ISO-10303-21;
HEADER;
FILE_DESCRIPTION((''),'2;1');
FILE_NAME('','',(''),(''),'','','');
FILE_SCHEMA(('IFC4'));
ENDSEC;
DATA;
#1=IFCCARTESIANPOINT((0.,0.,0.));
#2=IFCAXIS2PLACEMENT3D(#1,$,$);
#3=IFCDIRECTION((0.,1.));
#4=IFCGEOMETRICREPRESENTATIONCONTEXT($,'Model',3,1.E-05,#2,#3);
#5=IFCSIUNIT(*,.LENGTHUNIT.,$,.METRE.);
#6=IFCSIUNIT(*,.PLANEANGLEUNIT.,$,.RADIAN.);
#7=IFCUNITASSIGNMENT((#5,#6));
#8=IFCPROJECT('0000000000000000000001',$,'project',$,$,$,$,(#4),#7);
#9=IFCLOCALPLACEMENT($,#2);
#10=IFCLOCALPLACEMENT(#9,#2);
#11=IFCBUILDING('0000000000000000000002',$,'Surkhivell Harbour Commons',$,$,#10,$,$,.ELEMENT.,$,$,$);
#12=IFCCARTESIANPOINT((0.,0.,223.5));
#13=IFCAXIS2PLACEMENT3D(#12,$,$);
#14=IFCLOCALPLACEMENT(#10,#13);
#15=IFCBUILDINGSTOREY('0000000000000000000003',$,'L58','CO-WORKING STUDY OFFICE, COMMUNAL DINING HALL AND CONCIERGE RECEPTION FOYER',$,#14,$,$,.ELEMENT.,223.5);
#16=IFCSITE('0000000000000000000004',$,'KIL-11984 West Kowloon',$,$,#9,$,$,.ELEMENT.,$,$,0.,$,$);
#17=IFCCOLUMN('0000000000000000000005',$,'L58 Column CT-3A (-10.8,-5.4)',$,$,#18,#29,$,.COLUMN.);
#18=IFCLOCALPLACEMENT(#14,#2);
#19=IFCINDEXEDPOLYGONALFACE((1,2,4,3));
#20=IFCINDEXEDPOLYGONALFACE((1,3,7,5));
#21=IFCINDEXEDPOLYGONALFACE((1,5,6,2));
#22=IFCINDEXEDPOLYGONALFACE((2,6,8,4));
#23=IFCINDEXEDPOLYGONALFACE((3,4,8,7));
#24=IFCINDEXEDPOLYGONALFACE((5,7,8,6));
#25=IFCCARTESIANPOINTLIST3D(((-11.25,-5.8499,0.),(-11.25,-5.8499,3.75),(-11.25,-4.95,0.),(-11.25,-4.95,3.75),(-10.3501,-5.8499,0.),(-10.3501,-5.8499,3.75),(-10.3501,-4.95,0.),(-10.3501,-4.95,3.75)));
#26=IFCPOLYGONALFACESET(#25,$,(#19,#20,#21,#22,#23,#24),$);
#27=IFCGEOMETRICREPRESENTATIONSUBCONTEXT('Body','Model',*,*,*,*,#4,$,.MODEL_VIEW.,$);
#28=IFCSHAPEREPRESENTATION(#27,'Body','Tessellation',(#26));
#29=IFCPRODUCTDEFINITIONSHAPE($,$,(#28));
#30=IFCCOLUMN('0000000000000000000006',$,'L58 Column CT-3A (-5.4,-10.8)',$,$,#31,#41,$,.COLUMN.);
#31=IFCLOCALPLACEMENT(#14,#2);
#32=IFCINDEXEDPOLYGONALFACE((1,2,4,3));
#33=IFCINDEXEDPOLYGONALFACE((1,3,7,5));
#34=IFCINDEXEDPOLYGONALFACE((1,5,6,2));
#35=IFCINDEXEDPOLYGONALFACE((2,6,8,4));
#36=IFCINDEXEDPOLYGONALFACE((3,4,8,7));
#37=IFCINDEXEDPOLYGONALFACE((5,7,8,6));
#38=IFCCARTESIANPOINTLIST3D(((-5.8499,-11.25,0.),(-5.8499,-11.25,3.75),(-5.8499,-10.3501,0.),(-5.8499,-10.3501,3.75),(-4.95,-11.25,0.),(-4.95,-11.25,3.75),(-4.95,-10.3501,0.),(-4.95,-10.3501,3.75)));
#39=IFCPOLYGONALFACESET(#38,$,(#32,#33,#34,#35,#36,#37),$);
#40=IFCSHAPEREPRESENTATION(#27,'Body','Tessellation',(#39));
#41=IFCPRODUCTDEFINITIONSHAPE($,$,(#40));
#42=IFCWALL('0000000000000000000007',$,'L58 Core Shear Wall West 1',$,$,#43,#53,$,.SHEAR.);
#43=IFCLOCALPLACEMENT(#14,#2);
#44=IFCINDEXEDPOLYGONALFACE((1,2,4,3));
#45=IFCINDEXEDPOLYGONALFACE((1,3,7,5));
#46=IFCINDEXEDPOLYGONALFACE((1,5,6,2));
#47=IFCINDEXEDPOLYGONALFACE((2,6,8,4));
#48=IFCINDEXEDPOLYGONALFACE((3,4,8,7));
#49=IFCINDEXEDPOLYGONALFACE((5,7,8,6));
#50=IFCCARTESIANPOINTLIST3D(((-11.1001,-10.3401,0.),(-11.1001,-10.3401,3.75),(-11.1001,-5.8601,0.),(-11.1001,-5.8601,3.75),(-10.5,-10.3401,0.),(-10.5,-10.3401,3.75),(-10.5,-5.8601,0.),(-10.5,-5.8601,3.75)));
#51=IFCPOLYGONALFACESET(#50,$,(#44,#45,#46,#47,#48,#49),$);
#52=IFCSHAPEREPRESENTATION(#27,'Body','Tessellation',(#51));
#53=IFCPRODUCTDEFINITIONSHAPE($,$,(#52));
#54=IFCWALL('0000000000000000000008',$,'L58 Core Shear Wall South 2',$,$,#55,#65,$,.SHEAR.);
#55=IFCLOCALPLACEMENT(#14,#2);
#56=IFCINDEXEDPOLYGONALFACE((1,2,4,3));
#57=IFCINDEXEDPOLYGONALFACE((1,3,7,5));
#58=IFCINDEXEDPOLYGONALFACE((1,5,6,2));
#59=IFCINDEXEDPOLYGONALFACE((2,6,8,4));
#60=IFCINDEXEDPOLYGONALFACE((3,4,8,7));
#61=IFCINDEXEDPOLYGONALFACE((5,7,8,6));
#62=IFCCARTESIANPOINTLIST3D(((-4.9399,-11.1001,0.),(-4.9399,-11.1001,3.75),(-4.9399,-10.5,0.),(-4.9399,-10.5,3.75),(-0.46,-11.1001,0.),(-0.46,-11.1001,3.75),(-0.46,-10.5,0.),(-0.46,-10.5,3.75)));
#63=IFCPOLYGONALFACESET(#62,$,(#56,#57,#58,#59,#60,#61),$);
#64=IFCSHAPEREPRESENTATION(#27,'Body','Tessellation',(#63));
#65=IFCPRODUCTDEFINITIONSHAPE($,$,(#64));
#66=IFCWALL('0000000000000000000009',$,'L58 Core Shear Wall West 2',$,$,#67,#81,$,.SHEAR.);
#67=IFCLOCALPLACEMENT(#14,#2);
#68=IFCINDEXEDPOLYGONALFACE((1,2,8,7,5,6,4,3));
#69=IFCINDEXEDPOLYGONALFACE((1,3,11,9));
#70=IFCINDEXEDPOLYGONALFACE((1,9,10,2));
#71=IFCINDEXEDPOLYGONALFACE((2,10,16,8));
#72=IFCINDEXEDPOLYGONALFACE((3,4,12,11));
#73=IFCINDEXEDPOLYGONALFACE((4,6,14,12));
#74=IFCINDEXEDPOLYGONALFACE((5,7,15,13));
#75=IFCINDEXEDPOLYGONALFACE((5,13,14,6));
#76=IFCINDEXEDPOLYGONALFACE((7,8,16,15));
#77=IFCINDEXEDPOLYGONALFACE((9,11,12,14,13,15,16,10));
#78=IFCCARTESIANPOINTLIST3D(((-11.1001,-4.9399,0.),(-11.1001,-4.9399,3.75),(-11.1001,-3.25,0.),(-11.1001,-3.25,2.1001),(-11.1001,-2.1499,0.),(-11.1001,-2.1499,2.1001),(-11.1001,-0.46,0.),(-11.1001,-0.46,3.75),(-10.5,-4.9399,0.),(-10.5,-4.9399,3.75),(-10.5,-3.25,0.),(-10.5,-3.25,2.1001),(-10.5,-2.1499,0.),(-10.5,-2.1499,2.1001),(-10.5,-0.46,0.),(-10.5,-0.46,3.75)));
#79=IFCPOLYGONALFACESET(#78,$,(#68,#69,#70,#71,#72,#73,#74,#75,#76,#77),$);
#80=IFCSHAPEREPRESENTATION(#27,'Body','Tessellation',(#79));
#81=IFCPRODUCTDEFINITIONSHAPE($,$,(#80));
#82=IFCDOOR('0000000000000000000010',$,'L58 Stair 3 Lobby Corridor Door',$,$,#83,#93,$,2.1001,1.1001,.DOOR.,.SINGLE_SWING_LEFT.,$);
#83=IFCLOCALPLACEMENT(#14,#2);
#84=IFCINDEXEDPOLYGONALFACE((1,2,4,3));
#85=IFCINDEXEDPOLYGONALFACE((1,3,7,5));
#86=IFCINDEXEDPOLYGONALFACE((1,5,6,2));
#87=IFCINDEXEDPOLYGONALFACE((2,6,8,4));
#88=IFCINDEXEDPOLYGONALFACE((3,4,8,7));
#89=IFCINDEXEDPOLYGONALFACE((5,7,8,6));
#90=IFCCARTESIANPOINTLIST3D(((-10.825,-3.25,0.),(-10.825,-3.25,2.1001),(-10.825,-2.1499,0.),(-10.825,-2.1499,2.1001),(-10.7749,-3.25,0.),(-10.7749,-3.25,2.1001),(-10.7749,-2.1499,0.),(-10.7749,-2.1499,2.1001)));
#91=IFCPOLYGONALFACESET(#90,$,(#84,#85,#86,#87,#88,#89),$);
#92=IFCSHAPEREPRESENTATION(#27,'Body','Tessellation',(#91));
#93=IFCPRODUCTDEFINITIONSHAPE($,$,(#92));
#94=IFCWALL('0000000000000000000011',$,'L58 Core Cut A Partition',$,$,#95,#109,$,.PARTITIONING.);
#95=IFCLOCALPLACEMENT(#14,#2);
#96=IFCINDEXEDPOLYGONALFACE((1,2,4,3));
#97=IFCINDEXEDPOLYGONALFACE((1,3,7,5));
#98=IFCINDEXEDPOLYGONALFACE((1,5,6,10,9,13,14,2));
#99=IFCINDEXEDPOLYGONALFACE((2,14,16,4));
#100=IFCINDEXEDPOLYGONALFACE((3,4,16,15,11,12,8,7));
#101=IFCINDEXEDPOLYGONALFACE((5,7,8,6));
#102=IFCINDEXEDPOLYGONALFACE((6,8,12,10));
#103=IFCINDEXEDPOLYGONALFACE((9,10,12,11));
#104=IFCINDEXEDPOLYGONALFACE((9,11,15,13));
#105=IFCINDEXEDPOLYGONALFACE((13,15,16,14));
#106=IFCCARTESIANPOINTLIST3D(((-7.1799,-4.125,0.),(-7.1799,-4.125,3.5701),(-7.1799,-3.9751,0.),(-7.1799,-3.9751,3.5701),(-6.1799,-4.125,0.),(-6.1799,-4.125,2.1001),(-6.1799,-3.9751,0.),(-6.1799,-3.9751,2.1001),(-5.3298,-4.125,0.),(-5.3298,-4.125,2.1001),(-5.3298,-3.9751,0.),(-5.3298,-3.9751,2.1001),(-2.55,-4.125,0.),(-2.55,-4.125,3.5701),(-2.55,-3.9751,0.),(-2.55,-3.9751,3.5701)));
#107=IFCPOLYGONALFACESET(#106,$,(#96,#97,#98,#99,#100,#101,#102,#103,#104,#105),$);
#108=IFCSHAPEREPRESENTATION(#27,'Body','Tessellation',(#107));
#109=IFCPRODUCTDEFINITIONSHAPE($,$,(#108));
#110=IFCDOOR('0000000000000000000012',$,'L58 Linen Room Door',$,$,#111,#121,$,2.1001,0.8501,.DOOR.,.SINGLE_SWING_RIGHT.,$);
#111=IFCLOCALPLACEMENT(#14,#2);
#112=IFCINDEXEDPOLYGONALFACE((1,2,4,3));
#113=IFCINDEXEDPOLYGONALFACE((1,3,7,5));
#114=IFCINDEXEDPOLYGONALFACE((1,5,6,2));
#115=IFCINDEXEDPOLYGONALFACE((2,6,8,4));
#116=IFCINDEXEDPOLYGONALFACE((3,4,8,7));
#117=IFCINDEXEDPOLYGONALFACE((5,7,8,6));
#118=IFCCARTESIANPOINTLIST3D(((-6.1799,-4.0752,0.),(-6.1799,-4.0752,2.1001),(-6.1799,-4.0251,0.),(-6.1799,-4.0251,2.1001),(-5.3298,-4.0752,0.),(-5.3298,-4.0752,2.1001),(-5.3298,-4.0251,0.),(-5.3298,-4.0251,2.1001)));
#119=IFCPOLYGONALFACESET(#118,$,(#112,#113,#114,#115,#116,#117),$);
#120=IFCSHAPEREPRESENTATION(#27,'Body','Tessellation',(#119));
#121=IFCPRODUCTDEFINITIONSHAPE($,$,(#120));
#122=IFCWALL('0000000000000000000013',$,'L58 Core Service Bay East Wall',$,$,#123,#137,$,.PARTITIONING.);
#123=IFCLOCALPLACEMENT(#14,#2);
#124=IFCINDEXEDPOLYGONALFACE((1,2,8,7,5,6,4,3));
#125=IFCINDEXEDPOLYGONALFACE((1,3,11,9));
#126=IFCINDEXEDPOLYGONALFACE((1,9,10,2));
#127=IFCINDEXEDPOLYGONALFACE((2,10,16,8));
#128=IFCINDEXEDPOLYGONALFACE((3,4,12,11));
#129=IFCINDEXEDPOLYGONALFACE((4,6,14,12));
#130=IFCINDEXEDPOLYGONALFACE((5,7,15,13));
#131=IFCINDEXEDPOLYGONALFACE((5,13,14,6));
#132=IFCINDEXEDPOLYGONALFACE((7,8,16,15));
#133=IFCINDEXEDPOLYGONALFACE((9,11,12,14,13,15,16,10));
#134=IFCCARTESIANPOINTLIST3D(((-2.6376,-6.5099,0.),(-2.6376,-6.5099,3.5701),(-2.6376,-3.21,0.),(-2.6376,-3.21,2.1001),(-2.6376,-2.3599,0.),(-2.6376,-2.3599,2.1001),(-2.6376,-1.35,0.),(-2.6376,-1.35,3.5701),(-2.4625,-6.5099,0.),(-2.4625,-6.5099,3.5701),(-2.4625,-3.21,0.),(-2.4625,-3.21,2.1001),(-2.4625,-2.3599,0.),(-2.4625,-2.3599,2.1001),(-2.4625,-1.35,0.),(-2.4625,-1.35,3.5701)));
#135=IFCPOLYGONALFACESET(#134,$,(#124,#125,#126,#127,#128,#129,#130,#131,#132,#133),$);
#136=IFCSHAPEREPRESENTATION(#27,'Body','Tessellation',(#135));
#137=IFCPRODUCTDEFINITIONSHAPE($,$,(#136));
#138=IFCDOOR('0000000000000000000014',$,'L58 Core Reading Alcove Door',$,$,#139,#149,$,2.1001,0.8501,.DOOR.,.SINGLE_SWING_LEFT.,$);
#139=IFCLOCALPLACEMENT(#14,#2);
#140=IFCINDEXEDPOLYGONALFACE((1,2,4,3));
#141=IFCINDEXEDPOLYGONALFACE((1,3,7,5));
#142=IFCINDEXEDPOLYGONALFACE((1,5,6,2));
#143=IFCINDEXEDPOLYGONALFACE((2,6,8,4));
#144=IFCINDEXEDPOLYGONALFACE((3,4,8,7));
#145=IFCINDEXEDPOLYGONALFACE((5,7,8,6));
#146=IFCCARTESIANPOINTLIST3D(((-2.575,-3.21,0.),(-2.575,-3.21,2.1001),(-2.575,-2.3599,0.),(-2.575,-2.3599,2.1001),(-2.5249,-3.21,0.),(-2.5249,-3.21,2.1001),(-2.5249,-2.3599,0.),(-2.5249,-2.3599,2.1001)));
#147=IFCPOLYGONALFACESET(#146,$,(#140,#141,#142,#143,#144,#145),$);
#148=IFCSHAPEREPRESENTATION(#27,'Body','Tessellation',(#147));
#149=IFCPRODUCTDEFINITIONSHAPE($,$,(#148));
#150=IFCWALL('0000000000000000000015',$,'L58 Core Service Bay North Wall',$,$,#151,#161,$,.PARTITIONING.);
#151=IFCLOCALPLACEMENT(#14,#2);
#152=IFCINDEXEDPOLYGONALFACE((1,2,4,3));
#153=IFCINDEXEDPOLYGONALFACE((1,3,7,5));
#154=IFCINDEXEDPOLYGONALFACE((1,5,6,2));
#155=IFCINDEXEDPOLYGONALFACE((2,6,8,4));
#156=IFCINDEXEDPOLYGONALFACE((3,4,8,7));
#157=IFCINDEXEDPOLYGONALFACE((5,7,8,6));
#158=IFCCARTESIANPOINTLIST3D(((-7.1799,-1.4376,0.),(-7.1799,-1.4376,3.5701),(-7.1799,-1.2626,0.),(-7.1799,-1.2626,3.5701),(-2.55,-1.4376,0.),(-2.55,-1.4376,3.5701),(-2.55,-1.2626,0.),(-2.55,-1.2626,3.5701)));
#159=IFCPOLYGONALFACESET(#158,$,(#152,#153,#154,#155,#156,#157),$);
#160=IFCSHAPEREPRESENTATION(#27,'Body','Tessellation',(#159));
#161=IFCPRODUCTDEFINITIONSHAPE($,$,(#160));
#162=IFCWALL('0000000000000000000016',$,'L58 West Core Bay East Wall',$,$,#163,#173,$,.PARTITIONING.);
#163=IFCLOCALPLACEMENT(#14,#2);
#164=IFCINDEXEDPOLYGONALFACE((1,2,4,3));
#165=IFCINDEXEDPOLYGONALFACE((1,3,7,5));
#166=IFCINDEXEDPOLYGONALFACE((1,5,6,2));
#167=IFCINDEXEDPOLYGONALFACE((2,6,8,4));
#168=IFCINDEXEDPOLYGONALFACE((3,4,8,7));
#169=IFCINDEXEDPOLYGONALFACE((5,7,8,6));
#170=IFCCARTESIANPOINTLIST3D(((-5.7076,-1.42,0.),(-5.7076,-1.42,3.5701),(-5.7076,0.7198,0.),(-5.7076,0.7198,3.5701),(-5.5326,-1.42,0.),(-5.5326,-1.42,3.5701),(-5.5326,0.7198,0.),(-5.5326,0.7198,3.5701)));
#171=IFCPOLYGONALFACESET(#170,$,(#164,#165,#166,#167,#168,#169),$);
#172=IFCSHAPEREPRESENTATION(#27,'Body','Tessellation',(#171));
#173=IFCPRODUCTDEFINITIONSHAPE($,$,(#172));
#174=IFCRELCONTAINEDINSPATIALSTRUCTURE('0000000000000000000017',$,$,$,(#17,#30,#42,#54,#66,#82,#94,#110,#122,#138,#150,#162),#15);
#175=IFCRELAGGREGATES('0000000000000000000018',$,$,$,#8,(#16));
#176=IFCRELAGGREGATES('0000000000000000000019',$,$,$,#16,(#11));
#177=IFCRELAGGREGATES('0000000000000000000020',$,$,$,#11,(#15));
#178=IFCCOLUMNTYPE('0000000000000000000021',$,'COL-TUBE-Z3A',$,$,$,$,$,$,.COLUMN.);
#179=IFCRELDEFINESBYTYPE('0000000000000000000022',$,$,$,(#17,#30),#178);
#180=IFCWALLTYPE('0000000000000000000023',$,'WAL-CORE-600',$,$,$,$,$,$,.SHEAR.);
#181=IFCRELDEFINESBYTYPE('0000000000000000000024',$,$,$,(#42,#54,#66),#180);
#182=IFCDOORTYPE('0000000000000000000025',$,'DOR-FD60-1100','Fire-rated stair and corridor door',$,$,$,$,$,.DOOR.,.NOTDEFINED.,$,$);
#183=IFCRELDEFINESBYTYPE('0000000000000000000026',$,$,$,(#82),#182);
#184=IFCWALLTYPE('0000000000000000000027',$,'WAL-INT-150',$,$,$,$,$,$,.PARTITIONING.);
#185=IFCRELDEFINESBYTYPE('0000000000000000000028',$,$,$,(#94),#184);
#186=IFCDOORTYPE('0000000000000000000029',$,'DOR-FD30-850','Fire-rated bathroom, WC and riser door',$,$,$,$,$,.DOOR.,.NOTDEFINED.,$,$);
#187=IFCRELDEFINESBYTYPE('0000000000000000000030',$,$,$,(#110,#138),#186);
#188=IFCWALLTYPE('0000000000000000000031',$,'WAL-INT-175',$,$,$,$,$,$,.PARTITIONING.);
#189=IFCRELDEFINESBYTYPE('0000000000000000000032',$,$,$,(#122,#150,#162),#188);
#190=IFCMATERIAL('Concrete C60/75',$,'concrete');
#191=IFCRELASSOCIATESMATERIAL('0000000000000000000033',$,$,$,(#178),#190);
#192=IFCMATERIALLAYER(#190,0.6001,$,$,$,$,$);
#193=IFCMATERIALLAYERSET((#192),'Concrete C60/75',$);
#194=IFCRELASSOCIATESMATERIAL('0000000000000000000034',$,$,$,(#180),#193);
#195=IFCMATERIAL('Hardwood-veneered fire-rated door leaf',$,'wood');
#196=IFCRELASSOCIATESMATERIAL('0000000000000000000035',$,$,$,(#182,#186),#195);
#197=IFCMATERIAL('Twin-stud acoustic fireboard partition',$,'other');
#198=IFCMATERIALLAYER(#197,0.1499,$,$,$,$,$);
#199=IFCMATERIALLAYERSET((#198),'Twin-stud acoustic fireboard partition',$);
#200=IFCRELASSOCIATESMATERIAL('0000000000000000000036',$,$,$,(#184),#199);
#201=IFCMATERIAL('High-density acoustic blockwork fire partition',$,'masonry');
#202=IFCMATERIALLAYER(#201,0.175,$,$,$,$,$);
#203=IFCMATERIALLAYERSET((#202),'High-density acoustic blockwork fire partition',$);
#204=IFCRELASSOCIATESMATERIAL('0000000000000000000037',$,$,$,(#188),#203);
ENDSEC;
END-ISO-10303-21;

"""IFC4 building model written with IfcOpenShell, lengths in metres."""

from ifc_helpers import new_model, si_unit, direction, frame, frame_2d, origin, origin_2d, place, context, subcontext, project, spatial, rectangle, extrude, material, layer, layer_set, material_profile, profile_set, type_object, element, fill, save


model = new_model("IFC4")

# Units and contexts
model_context = context("Model", 3, precision=1e-05, world=origin(), true_north=direction((0.0, 1.0)))
body_context = subcontext(model_context, "Body", "Model", "MODEL_VIEW")
ifc_project = project(units=[si_unit("LENGTHUNIT", "METRE"), si_unit("PLANEANGLEUNIT", "RADIAN")], contexts=[model_context])

# Site, building, storey
site_placement = place(None, origin())
site = spatial("IfcSite", under=ifc_project, at=site_placement, Name="KIL-11984 West Kowloon", CompositionType="ELEMENT", RefElevation=0.0)
building_placement = place(site_placement, origin())
building = spatial("IfcBuilding", under=site, at=building_placement, Name="Surkhivell Harbour Commons", CompositionType="ELEMENT")
storey_placement = place(building_placement, frame((0.0, 0.0, 223.5)))
storey = spatial("IfcBuildingStorey", under=building, at=storey_placement, Name="L58", Description="CO-WORKING STUDY OFFICE, COMMUNAL DINING HALL AND CONCIERGE RECEPTION FOYER", CompositionType="ELEMENT", Elevation=223.5)

# Columns
ifc_material_1 = material(Name="Concrete C60/75", Category="concrete")
ifc_material_profile = material_profile(ifc_material_1, rectangle(XDim=0.8999, YDim=0.8999, at=origin_2d()), Name="RC-COL-900x900")
ifc_profile_set = profile_set([ifc_material_profile], Name="Concrete C60/75")
column_type = type_object("IfcColumnType", Name="COL-TUBE-Z3A", PredefinedType="COLUMN", material=ifc_profile_set)
for number, where, z_axis, x_axis, name in (
    (1, (-10.8, -5.3999, 0.0), (0.0, 0.0, 1.0), (1.0, 0.0, 0.0), "L58 Column CT-3A (-10.8,-5.4)"),
    (2, (-5.3999, -10.8, 0.0), (0.0, 0.0, 1.0), (1.0, 0.0, 0.0), "L58 Column CT-3A (-5.4,-10.8)"),
):
    element("IfcColumn", number, at=place(storey_placement, frame(where, z_axis=z_axis, x_axis=x_axis)), inside=storey, type_object=column_type, Name=name, PredefinedType="COLUMN", context=body_context, shape_type="SweptSolid", body=[
        extrude(rectangle(XDim=0.8999, YDim=0.8999, at=origin_2d()), origin(), (0.0, 0.0, 1.0), 3.75),
    ])

# Walls
ifc_layer_1 = layer(ifc_material_1, 0.6001)
ifc_layer_set_1 = layer_set([ifc_layer_1], Name="Concrete C60/75")
wall_type_1 = type_object("IfcWallType", Name="WAL-CORE-600", PredefinedType="SHEAR", material=ifc_layer_set_1)
for number, where, z_axis, x_axis, name in (
    (3, (-10.8, -10.3401, 0.0), (0.0, 0.0, 1.0), (0.0, 1.0, 0.0), "L58 Core Shear Wall West 1"),
    (4, (-4.9399, -10.8, 0.0), (0.0, 0.0, 1.0), (1.0, 0.0, 0.0), "L58 Core Shear Wall South 2"),
):
    element("IfcWall", number, at=place(storey_placement, frame(where, z_axis=z_axis, x_axis=x_axis)), inside=storey, type_object=wall_type_1, Name=name, PredefinedType="SHEAR", context=body_context, shape_type="SweptSolid", body=[
        extrude(rectangle(XDim=4.48, YDim=0.6001, at=frame_2d((2.24, 0.0))), origin(), (0.0, 0.0, 1.0), 3.75),
    ])

# Walls, openings, doors
wall_1_placement = place(storey_placement, frame((-10.8, -4.9399, 0.0), z_axis=(0.0, 0.0, 1.0), x_axis=(0.0, 1.0, 0.0)))
wall_1 = element("IfcWall", 5, at=wall_1_placement, inside=storey, type_object=wall_type_1, Name="L58 Core Shear Wall West 2", PredefinedType="SHEAR", context=body_context, shape_type="SweptSolid", body=[
    extrude(rectangle(XDim=4.48, YDim=0.6001, at=frame_2d((2.24, 0.0))), origin(), (0.0, 0.0, 1.0), 3.75),
])
opening_1_placement = place(wall_1_placement, frame((1.6899, 0.0, 0.0)))
opening_1 = element("IfcOpeningElement", 6, at=opening_1_placement, cuts=wall_1, PredefinedType="OPENING", context=body_context, shape_type="SweptSolid", body=[
    extrude(rectangle(XDim=1.1001, YDim=2.1001, at=frame_2d((0.55, 1.05))), frame((0.0, 0.3101, 0.0), z_axis=(0.0, -1.0, 0.0), x_axis=(1.0, 0.0, 0.0)), (0.0, 0.0, 1.0), 0.6201),
])
ifc_material_2 = material(Name="Hardwood-veneered fire-rated door leaf", Category="wood")
door_type_1 = type_object("IfcDoorType", Name="DOR-FD60-1100", Description="Fire-rated stair and corridor door", OperationType="NOTDEFINED", PredefinedType="DOOR", material=ifc_material_2)
door_1_placement = place(opening_1_placement, origin())
door_1 = element("IfcDoor", 7, at=door_1_placement, inside=storey, type_object=door_type_1, Name="L58 Stair 3 Lobby Corridor Door", OperationType="SINGLE_SWING_LEFT", OverallHeight=2.1001, OverallWidth=1.1001, PredefinedType="DOOR", context=body_context, shape_type="SweptSolid", body=[
    extrude(rectangle(XDim=1.1001, YDim=2.1001, at=frame_2d((0.55, 1.05))), frame((0.0, 0.0249, 0.0), z_axis=(0.0, -1.0, 0.0), x_axis=(1.0, 0.0, 0.0)), (0.0, 0.0, 1.0), 0.05),
])
fill(opening_1, door_1)
ifc_material_3 = material(Name="Twin-stud acoustic fireboard partition", Category="other")
ifc_layer_2 = layer(ifc_material_3, 0.1499)
ifc_layer_set_2 = layer_set([ifc_layer_2], Name="Twin-stud acoustic fireboard partition")
wall_type_2 = type_object("IfcWallType", Name="WAL-INT-150", PredefinedType="PARTITIONING", material=ifc_layer_set_2)
wall_2_placement = place(storey_placement, frame((-7.1799, -4.05, 0.0), z_axis=(0.0, 0.0, 1.0), x_axis=(1.0, 0.0, 0.0)))
wall_2 = element("IfcWall", 8, at=wall_2_placement, inside=storey, type_object=wall_type_2, Name="L58 Core Cut A Partition", PredefinedType="PARTITIONING", context=body_context, shape_type="SweptSolid", body=[
    extrude(rectangle(XDim=4.6299, YDim=0.1499, at=frame_2d((2.3149, 0.0))), origin(), (0.0, 0.0, 1.0), 3.5701),
])
opening_2_placement = place(wall_2_placement, frame((1.0, 0.0, 0.0)))
opening_2 = element("IfcOpeningElement", 9, at=opening_2_placement, cuts=wall_2, PredefinedType="OPENING", context=body_context, shape_type="SweptSolid", body=[
    extrude(rectangle(XDim=0.8501, YDim=2.1001, at=frame_2d((0.425, 1.05))), frame((0.0, 0.085, 0.0), z_axis=(0.0, -1.0, 0.0), x_axis=(1.0, 0.0, 0.0)), (0.0, 0.0, 1.0), 0.1699),
])
door_type_2 = type_object("IfcDoorType", Name="DOR-FD30-850", Description="Fire-rated bathroom, WC and riser door", OperationType="NOTDEFINED", PredefinedType="DOOR", material=ifc_material_2)
door_2_placement = place(opening_2_placement, origin())
door_2 = element("IfcDoor", 10, at=door_2_placement, inside=storey, type_object=door_type_2, Name="L58 Linen Room Door", OperationType="SINGLE_SWING_RIGHT", OverallHeight=2.1001, OverallWidth=0.8501, PredefinedType="DOOR", context=body_context, shape_type="SweptSolid", body=[
    extrude(rectangle(XDim=0.8501, YDim=2.1001, at=frame_2d((0.425, 1.05))), frame((0.0, 0.0249, 0.0), z_axis=(0.0, -1.0, 0.0), x_axis=(1.0, 0.0, 0.0)), (0.0, 0.0, 1.0), 0.05),
])
fill(opening_2, door_2)
ifc_material_4 = material(Name="High-density acoustic blockwork fire partition", Category="masonry")
ifc_layer_3 = layer(ifc_material_4, 0.175)
ifc_layer_set_3 = layer_set([ifc_layer_3], Name="High-density acoustic blockwork fire partition")
wall_type_3 = type_object("IfcWallType", Name="WAL-INT-175", PredefinedType="PARTITIONING", material=ifc_layer_set_3)
wall_3_placement = place(storey_placement, frame((-2.55, -6.51, 0.0), z_axis=(0.0, 0.0, 1.0), x_axis=(0.0, 1.0, 0.0)))
wall_3 = element("IfcWall", 11, at=wall_3_placement, inside=storey, type_object=wall_type_3, Name="L58 Core Service Bay East Wall", PredefinedType="PARTITIONING", context=body_context, shape_type="SweptSolid", body=[
    extrude(rectangle(XDim=5.1599, YDim=0.175, at=frame_2d((2.5801, 0.0))), origin(), (0.0, 0.0, 1.0), 3.5701),
])
opening_3_placement = place(wall_3_placement, frame((3.3, 0.0, 0.0)))
opening_3 = element("IfcOpeningElement", 12, at=opening_3_placement, cuts=wall_3, PredefinedType="OPENING", context=body_context, shape_type="SweptSolid", body=[
    extrude(rectangle(XDim=0.8501, YDim=2.1001, at=frame_2d((0.425, 1.05))), frame((0.0, 0.0974, 0.0), z_axis=(0.0, -1.0, 0.0), x_axis=(1.0, 0.0, 0.0)), (0.0, 0.0, 1.0), 0.1951),
])
door_3_placement = place(opening_3_placement, origin())
door_3 = element("IfcDoor", 13, at=door_3_placement, inside=storey, type_object=door_type_2, Name="L58 Core Reading Alcove Door", OperationType="SINGLE_SWING_LEFT", OverallHeight=2.1001, OverallWidth=0.8501, PredefinedType="DOOR", context=body_context, shape_type="SweptSolid", body=[
    extrude(rectangle(XDim=0.8501, YDim=2.1001, at=frame_2d((0.425, 1.05))), frame((0.0, 0.0249, 0.0), z_axis=(0.0, -1.0, 0.0), x_axis=(1.0, 0.0, 0.0)), (0.0, 0.0, 1.0), 0.05),
])
fill(opening_3, door_3)

# Walls
wall_4_placement = place(storey_placement, frame((-7.1799, -1.3501, 0.0), z_axis=(0.0, 0.0, 1.0), x_axis=(1.0, 0.0, 0.0)))
element("IfcWall", 14, at=wall_4_placement, inside=storey, type_object=wall_type_3, Name="L58 Core Service Bay North Wall", PredefinedType="PARTITIONING", context=body_context, shape_type="SweptSolid", body=[
    extrude(rectangle(XDim=4.6299, YDim=0.175, at=frame_2d((2.3149, 0.0))), origin(), (0.0, 0.0, 1.0), 3.5701),
])
wall_5_placement = place(storey_placement, frame((-5.6201, -1.4199, 0.0), z_axis=(0.0, 0.0, 1.0), x_axis=(0.0, 1.0, 0.0)))
element("IfcWall", 15, at=wall_5_placement, inside=storey, type_object=wall_type_3, Name="L58 West Core Bay East Wall", PredefinedType="PARTITIONING", context=body_context, shape_type="SweptSolid", body=[
    extrude(rectangle(XDim=2.1399, YDim=0.175, at=frame_2d((1.0698, 0.0))), origin(), (0.0, 0.0, 1.0), 3.5701),
])

save(model, "model.ifc")
